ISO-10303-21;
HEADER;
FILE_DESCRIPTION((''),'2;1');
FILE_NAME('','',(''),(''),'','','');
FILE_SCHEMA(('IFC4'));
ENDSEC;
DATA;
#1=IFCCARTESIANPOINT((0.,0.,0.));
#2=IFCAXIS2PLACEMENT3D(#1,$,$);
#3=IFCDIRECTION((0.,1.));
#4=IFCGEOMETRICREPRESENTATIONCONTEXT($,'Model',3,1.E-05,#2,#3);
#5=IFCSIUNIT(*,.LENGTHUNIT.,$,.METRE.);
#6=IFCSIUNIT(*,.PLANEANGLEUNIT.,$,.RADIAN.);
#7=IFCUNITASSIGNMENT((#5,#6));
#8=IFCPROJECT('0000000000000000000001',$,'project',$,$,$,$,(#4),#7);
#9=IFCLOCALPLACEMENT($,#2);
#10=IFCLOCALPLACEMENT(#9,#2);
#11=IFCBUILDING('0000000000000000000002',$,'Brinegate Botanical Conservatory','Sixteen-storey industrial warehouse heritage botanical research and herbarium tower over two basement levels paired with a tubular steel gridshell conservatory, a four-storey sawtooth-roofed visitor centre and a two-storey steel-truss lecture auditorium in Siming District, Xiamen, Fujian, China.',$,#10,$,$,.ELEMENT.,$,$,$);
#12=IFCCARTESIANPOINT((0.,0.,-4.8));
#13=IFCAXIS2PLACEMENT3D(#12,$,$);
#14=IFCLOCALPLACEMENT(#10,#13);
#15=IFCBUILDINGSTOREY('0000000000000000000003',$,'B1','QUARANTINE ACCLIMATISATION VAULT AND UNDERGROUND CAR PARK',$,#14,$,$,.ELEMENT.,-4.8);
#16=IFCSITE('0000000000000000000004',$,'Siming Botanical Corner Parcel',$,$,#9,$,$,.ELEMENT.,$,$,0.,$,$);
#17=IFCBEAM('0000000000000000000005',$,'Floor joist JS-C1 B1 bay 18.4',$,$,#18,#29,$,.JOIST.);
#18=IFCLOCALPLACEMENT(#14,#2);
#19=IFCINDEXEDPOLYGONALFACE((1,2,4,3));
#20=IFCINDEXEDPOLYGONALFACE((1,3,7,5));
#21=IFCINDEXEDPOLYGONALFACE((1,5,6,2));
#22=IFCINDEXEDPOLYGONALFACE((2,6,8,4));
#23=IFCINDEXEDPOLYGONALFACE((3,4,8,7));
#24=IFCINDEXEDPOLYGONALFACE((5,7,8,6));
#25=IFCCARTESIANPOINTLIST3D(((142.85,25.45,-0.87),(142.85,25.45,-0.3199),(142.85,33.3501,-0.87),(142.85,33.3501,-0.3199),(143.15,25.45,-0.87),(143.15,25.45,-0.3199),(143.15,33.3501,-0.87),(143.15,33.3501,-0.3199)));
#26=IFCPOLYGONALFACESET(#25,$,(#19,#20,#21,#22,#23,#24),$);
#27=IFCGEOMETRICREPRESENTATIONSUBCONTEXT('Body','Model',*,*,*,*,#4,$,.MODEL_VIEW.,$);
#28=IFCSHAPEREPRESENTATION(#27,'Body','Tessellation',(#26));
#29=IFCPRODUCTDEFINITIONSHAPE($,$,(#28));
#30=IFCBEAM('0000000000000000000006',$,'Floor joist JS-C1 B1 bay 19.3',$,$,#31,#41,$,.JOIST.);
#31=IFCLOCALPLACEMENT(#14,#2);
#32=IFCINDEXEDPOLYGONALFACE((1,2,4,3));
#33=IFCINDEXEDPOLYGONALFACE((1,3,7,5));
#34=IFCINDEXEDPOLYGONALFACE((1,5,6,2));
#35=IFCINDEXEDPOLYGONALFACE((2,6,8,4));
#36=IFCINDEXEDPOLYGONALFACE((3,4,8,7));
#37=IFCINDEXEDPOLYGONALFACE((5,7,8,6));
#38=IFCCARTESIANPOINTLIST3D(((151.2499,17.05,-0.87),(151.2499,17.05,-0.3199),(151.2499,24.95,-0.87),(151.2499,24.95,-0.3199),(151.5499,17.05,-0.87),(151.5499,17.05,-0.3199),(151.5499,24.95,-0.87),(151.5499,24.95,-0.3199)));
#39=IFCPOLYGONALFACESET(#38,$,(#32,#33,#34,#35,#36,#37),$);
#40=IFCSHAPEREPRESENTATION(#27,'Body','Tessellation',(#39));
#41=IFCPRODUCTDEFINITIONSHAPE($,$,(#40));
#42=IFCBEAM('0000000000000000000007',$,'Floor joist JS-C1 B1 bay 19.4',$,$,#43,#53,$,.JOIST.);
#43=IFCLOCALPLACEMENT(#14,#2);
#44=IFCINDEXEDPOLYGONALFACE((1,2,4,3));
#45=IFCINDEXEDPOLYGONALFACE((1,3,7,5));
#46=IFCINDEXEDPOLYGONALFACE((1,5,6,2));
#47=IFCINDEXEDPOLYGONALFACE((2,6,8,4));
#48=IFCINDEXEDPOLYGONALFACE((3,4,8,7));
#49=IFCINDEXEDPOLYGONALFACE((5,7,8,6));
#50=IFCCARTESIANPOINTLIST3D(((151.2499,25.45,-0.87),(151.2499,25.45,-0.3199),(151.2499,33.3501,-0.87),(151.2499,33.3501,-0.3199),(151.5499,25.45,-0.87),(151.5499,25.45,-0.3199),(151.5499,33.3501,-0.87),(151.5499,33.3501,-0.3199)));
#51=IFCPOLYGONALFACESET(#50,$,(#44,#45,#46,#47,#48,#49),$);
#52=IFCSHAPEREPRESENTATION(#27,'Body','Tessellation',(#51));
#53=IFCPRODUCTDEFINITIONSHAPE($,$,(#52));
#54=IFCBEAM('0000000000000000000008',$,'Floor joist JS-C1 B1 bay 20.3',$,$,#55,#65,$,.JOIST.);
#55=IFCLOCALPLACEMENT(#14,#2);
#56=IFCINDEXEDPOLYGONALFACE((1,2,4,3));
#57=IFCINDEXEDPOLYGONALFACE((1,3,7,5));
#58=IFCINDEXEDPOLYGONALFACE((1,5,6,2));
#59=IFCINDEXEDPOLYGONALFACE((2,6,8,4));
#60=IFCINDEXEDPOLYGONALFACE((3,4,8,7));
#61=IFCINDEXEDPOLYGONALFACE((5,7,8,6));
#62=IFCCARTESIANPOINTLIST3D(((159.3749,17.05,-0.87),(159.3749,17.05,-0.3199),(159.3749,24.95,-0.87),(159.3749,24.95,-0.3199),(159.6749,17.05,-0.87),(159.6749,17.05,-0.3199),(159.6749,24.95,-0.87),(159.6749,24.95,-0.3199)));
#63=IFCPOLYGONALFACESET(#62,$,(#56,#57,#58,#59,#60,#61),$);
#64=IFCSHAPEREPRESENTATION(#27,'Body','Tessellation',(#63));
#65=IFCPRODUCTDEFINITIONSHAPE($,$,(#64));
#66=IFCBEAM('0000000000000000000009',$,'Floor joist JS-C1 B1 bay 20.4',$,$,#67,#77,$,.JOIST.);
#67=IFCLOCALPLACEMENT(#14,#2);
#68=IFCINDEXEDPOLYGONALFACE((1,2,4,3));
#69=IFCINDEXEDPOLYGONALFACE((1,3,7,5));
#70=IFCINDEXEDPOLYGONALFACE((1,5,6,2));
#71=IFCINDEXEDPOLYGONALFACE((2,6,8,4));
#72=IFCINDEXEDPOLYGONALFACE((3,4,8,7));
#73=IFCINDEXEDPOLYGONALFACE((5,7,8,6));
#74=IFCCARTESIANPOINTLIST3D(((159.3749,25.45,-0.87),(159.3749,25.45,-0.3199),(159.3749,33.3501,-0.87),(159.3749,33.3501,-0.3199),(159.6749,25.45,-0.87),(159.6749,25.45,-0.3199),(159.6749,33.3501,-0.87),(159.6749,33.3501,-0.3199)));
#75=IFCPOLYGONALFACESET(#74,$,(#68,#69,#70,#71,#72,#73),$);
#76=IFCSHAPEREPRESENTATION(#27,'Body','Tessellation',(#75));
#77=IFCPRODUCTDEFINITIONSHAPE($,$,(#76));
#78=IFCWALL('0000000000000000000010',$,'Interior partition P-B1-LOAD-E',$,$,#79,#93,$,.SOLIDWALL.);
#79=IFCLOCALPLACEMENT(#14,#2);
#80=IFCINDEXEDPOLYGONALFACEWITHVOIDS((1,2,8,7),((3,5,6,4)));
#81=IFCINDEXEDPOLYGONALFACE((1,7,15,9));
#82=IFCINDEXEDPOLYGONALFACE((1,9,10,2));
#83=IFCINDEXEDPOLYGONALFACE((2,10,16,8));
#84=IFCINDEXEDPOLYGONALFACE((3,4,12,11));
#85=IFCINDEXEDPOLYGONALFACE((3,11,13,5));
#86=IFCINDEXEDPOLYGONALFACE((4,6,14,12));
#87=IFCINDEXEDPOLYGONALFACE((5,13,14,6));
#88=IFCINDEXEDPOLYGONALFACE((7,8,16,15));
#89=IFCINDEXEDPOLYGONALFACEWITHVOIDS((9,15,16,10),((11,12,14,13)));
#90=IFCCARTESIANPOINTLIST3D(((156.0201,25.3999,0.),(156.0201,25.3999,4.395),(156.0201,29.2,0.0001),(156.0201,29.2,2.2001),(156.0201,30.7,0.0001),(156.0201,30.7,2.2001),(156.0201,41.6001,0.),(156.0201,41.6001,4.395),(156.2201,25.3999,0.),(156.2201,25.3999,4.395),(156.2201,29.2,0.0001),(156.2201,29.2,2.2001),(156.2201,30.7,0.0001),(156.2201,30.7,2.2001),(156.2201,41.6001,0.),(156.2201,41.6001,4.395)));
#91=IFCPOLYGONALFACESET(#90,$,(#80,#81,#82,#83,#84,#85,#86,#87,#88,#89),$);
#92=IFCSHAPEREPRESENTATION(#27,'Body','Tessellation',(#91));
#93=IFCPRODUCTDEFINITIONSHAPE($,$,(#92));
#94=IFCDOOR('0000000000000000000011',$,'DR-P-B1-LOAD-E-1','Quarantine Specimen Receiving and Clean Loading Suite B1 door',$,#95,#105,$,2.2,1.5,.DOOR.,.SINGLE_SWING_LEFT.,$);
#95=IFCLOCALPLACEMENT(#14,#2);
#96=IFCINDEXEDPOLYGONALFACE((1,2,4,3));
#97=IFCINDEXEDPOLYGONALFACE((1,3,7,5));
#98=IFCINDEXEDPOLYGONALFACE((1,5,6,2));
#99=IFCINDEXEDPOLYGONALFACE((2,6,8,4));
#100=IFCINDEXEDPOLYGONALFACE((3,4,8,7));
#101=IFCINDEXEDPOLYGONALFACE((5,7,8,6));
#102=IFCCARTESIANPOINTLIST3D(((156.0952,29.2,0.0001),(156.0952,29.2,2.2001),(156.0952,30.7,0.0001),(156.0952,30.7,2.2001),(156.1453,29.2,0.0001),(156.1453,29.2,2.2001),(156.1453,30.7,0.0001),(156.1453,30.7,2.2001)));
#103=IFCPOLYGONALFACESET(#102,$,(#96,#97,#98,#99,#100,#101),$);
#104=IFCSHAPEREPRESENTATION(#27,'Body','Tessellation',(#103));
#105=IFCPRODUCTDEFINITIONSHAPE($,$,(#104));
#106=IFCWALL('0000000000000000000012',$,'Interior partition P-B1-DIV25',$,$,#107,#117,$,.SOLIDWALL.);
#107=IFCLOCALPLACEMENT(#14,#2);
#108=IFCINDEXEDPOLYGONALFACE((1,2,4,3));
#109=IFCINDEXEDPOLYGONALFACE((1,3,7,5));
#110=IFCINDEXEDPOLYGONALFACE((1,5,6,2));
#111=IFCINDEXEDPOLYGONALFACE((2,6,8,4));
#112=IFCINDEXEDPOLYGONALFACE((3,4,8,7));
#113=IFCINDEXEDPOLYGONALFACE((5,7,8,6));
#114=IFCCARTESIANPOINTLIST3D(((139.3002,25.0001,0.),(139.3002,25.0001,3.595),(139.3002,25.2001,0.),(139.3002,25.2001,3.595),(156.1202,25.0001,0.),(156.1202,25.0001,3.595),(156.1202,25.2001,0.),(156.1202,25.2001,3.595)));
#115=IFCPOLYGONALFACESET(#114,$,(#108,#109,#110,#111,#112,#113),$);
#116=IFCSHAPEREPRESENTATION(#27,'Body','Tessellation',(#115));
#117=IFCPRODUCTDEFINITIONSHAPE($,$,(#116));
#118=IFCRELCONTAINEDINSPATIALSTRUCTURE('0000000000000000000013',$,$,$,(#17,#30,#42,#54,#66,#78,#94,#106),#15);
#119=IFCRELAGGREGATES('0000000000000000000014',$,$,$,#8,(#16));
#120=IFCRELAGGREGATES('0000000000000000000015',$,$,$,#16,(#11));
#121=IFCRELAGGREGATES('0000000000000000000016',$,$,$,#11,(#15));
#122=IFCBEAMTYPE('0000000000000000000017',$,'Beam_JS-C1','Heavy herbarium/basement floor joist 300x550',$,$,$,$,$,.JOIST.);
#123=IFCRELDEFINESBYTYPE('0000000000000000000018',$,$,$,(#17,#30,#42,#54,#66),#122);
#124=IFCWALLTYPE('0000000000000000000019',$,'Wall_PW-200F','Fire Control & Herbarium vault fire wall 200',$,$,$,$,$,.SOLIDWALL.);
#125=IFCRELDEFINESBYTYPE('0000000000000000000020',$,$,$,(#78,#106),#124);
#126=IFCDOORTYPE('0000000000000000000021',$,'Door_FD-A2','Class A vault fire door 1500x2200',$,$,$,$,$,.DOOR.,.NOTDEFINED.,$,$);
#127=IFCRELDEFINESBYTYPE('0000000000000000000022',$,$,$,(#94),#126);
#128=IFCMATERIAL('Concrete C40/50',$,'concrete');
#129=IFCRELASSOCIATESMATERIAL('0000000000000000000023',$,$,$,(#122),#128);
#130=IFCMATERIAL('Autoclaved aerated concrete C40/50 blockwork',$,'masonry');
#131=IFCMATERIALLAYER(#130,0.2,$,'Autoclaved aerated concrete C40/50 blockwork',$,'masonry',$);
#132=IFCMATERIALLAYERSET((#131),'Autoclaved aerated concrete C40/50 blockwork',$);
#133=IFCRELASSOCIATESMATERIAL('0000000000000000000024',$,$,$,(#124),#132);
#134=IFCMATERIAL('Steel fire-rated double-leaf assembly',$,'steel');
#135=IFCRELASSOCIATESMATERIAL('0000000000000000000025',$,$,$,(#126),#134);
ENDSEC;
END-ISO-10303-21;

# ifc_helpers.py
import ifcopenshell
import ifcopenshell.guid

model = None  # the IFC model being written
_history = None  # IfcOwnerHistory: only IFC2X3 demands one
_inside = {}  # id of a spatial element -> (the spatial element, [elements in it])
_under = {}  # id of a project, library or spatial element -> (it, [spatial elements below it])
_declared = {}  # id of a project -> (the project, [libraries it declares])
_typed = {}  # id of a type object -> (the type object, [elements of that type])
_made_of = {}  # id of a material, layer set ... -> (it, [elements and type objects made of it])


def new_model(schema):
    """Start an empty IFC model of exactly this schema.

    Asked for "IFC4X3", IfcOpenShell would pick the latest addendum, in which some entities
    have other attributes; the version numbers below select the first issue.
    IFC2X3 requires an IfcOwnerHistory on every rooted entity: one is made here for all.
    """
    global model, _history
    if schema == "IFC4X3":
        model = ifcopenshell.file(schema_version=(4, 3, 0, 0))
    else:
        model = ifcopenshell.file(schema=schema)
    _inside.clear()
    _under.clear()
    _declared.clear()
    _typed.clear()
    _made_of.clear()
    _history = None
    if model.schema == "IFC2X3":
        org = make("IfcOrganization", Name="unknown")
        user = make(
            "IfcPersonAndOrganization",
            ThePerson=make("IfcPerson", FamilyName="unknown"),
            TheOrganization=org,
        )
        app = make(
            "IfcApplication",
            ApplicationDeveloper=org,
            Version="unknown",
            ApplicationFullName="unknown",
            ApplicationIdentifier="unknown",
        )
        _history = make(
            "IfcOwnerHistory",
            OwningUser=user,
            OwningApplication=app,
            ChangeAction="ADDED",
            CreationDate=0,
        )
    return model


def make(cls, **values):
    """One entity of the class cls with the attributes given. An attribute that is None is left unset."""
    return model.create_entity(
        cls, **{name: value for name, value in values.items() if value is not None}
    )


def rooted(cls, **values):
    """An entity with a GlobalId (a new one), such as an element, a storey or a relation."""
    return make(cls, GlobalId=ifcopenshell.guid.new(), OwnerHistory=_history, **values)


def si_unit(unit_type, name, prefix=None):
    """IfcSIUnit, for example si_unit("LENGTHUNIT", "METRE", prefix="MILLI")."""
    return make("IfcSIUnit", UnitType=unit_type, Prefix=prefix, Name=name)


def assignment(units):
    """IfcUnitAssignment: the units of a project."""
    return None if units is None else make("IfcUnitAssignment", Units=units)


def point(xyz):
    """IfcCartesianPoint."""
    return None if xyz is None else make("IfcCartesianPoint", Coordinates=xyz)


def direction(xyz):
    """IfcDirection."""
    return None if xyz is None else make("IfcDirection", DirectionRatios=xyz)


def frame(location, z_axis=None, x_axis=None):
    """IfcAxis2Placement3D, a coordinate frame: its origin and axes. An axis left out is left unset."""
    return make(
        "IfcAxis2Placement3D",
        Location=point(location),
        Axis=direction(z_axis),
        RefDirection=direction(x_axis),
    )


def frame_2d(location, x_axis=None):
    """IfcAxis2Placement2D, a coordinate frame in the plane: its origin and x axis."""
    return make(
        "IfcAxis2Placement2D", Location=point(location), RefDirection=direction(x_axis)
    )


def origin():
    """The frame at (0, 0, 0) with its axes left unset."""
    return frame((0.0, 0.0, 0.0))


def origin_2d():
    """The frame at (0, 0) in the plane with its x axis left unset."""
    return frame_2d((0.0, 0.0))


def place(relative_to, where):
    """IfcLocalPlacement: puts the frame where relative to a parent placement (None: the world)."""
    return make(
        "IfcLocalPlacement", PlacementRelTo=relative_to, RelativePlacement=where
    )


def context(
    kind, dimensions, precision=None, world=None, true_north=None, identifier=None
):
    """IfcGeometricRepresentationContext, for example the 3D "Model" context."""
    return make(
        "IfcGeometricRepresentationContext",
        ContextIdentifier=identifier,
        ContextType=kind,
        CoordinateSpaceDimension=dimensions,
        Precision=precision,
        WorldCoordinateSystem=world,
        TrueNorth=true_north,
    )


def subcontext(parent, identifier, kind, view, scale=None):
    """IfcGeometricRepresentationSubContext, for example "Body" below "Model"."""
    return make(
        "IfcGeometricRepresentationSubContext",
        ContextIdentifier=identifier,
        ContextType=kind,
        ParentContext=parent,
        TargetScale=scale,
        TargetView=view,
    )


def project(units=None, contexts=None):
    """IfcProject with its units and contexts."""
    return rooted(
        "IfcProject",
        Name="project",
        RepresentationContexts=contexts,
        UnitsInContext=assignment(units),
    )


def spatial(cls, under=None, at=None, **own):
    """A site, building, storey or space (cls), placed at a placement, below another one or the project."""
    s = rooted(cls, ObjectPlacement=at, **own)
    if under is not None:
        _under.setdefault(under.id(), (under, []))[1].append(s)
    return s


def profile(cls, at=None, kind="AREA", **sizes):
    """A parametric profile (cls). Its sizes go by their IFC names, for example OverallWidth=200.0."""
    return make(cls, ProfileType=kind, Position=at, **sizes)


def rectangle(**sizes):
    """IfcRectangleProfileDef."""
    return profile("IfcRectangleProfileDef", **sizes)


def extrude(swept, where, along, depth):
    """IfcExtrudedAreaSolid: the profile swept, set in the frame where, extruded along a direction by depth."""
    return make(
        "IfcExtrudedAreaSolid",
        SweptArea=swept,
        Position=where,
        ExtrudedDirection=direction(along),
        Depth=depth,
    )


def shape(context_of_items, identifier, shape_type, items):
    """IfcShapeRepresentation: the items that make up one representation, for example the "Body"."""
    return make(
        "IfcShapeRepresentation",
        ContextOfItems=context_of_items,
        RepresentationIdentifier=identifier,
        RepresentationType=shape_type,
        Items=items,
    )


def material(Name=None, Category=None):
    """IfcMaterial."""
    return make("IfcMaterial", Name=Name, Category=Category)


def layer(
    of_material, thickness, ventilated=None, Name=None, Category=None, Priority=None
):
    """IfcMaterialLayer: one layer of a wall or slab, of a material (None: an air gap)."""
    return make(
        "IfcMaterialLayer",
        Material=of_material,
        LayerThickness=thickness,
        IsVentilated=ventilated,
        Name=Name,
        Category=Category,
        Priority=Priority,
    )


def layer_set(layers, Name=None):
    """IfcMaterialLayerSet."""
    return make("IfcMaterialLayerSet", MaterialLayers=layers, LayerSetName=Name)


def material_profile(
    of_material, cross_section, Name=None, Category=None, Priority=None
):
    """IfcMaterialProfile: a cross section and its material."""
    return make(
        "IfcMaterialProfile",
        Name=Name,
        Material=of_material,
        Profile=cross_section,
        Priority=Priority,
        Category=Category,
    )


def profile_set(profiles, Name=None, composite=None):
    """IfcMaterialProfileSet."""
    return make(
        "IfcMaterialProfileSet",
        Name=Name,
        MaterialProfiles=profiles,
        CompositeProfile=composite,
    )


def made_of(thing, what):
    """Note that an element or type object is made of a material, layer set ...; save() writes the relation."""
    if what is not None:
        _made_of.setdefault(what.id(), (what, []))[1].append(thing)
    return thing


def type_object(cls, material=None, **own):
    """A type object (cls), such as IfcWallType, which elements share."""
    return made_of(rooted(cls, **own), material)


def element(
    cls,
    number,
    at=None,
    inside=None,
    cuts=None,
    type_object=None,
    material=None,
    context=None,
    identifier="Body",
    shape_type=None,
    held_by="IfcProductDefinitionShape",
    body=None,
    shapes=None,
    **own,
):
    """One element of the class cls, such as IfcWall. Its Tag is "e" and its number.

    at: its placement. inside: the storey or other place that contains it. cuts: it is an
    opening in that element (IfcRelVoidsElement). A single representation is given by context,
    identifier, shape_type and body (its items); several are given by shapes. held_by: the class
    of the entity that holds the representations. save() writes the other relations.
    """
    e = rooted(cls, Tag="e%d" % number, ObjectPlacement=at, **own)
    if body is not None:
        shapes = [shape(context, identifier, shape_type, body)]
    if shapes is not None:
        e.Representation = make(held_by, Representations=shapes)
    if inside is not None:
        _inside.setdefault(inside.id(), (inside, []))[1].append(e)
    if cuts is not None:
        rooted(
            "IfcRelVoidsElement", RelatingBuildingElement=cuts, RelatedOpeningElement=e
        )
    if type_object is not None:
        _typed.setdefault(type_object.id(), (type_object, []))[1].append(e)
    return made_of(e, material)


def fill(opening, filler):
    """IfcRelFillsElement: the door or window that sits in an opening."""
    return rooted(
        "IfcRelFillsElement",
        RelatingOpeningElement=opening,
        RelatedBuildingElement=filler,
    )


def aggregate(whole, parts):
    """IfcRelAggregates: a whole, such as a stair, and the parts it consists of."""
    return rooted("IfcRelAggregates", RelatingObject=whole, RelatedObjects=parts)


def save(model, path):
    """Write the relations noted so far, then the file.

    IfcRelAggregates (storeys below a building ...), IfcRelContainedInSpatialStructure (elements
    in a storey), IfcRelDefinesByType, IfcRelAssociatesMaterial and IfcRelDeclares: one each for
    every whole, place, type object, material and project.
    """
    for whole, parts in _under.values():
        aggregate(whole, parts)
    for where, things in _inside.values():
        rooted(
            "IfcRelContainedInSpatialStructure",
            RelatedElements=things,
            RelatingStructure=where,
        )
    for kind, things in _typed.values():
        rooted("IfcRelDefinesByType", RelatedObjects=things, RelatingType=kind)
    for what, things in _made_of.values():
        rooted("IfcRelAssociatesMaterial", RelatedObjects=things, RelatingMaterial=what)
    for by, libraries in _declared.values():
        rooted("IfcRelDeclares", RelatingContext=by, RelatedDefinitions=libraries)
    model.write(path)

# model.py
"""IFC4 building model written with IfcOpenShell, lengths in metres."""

from ifc_helpers import new_model, si_unit, direction, frame, frame_2d, origin, origin_2d, place, context, subcontext, project, spatial, rectangle, extrude, material, layer, layer_set, material_profile, profile_set, type_object, element, fill, save


model = new_model("IFC4")

# Units and contexts
model_context = context("Model", 3, precision=1e-05, world=origin(), true_north=direction((0.0, 1.0)))
body_context = subcontext(model_context, "Body", "Model", "MODEL_VIEW")
ifc_project = project(units=[si_unit("LENGTHUNIT", "METRE"), si_unit("PLANEANGLEUNIT", "RADIAN")], contexts=[model_context])

# Site, building, storey
site_placement = place(None, origin())
site = spatial("IfcSite", under=ifc_project, at=site_placement, Name="Siming Botanical Corner Parcel", CompositionType="ELEMENT", RefElevation=0.0)
building_placement = place(site_placement, origin())
building = spatial("IfcBuilding", under=site, at=building_placement, Name="Brinegate Botanical Conservatory", Description="Sixteen-storey industrial warehouse heritage botanical research and herbarium tower over two basement levels paired with a tubular steel gridshell conservatory, a four-storey sawtooth-roofed visitor centre and a two-storey steel-truss lecture auditorium in Siming District, Xiamen, Fujian, China.", CompositionType="ELEMENT")
storey_placement = place(building_placement, frame((0.0, 0.0, -4.8)))
storey = spatial("IfcBuildingStorey", under=building, at=storey_placement, Name="B1", Description="QUARANTINE ACCLIMATISATION VAULT AND UNDERGROUND CAR PARK", CompositionType="ELEMENT", Elevation=-4.8)

# Shared definitions
ifc_material_1 = material(Name="Concrete C40/50", Category="concrete")

# Beams
ifc_material_profile_1 = material_profile(ifc_material_1, rectangle(XDim=0.3, YDim=0.55, at=origin_2d()), Name="RC JST 300x550")
ifc_profile_set_1 = profile_set([ifc_material_profile_1], Name="Concrete C40/50")
beam_type_1 = type_object("IfcBeamType", Name="Beam_JS-C1", Description="Heavy herbarium/basement floor joist 300x550", PredefinedType="JOIST", material=ifc_profile_set_1)
beam_1_placement = place(storey_placement, frame((143.0, 25.45, -0.595), z_axis=(0.0, 1.0, 0.0), x_axis=(-1.0, 0.0, 0.0)))
element("IfcBeam", 1, at=beam_1_placement, inside=storey, type_object=beam_type_1, Name="Floor joist JS-C1 B1 bay 18.4", PredefinedType="JOIST", context=body_context, shape_type="SweptSolid", body=[
    extrude(rectangle(XDim=0.3, YDim=0.55, at=origin_2d()), origin(), (0.0, 0.0, 1.0), 7.9001),
])
beam_2_placement = place(storey_placement, frame((151.3999, 17.05, -0.595), z_axis=(0.0, 1.0, 0.0), x_axis=(-1.0, 0.0, 0.0)))
element("IfcBeam", 2, at=beam_2_placement, inside=storey, type_object=beam_type_1, Name="Floor joist JS-C1 B1 bay 19.3", PredefinedType="JOIST", context=body_context, shape_type="SweptSolid", body=[
    extrude(rectangle(XDim=0.3, YDim=0.55, at=origin_2d()), origin(), (0.0, 0.0, 1.0), 7.8999),
])
beam_3_placement = place(storey_placement, frame((151.3999, 25.45, -0.595), z_axis=(0.0, 1.0, 0.0), x_axis=(-1.0, 0.0, 0.0)))
element("IfcBeam", 3, at=beam_3_placement, inside=storey, type_object=beam_type_1, Name="Floor joist JS-C1 B1 bay 19.4", PredefinedType="JOIST", context=body_context, shape_type="SweptSolid", body=[
    extrude(rectangle(XDim=0.3, YDim=0.55, at=origin_2d()), origin(), (0.0, 0.0, 1.0), 7.9001),
])
beam_4_placement = place(storey_placement, frame((159.5249, 17.05, -0.595), z_axis=(0.0, 1.0, 0.0), x_axis=(-1.0, 0.0, 0.0)))
element("IfcBeam", 4, at=beam_4_placement, inside=storey, type_object=beam_type_1, Name="Floor joist JS-C1 B1 bay 20.3", PredefinedType="JOIST", context=body_context, shape_type="SweptSolid", body=[
    extrude(rectangle(XDim=0.3, YDim=0.55, at=origin_2d()), origin(), (0.0, 0.0, 1.0), 7.8999),
])
beam_5_placement = place(storey_placement, frame((159.5249, 25.45, -0.595), z_axis=(0.0, 1.0, 0.0), x_axis=(-1.0, 0.0, 0.0)))
element("IfcBeam", 5, at=beam_5_placement, inside=storey, type_object=beam_type_1, Name="Floor joist JS-C1 B1 bay 20.4", PredefinedType="JOIST", context=body_context, shape_type="SweptSolid", body=[
    extrude(rectangle(XDim=0.3, YDim=0.55, at=origin_2d()), origin(), (0.0, 0.0, 1.0), 7.9001),
])

# Wall, opening, door
ifc_material_2 = material(Name="Autoclaved aerated concrete C40/50 blockwork", Category="masonry")
ifc_layer = layer(ifc_material_2, 0.2, Name="Autoclaved aerated concrete C40/50 blockwork", Category="masonry")
ifc_layer_set = layer_set([ifc_layer], Name="Autoclaved aerated concrete C40/50 blockwork")
wall_type = type_object("IfcWallType", Name="Wall_PW-200F", Description="Fire Control & Herbarium vault fire wall 200", PredefinedType="SOLIDWALL", material=ifc_layer_set)
wall_1_placement = place(storey_placement, frame((156.1201, 25.3999, 0.0), z_axis=(0.0, 0.0, 1.0), x_axis=(0.0, 1.0, 0.0)))
wall_1 = element("IfcWall", 6, at=wall_1_placement, inside=storey, type_object=wall_type, Name="Interior partition P-B1-LOAD-E", PredefinedType="SOLIDWALL", context=body_context, shape_type="SweptSolid", body=[
    extrude(rectangle(XDim=16.2002, YDim=0.2, at=frame_2d((8.1001, 0.0))), origin(), (0.0, 0.0, 1.0), 4.395),
])
opening_placement = place(wall_1_placement, frame((3.8, 0.0, 0.0)))
opening = element("IfcOpeningElement", 7, at=opening_placement, cuts=wall_1, PredefinedType="OPENING", context=body_context, shape_type="SweptSolid", body=[
    extrude(rectangle(XDim=1.5, YDim=2.2, at=frame_2d((0.75, 1.1001))), frame((0.0, 0.1099, 0.0), z_axis=(0.0, -1.0, 0.0), x_axis=(1.0, 0.0, 0.0)), (0.0, 0.0, 1.0), 0.22),
])
ifc_material_3 = material(Name="Steel fire-rated double-leaf assembly", Category="steel")
door_type = type_object("IfcDoorType", Name="Door_FD-A2", Description="Class A vault fire door 1500x2200", OperationType="NOTDEFINED", PredefinedType="DOOR", material=ifc_material_3)
door_placement = place(opening_placement, origin())
door = element("IfcDoor", 8, at=door_placement, inside=storey, type_object=door_type, Name="DR-P-B1-LOAD-E-1", Description="Quarantine Specimen Receiving and Clean Loading Suite B1 door", OperationType="SINGLE_SWING_LEFT", OverallHeight=2.2, OverallWidth=1.5, PredefinedType="DOOR", context=body_context, shape_type="SweptSolid", body=[
    extrude(rectangle(XDim=1.5, YDim=2.2, at=frame_2d((0.75, 1.1001))), frame((0.0, 0.0249, 0.0), z_axis=(0.0, -1.0, 0.0), x_axis=(1.0, 0.0, 0.0)), (0.0, 0.0, 1.0), 0.05),
])
fill(opening, door)

# Wall
wall_2_placement = place(storey_placement, frame((139.3, 25.1001, 0.0), z_axis=(0.0, 0.0, 1.0), x_axis=(1.0, 0.0, 0.0)))
element("IfcWall", 9, at=wall_2_placement, inside=storey, type_object=wall_type, Name="Interior partition P-B1-DIV25", PredefinedType="SOLIDWALL", context=body_context, shape_type="SweptSolid", body=[
    extrude(rectangle(XDim=16.8201, YDim=0.2, at=frame_2d((8.4102, 0.0))), origin(), (0.0, 0.0, 1.0), 3.595),
])

save(model, "model.ifc")
